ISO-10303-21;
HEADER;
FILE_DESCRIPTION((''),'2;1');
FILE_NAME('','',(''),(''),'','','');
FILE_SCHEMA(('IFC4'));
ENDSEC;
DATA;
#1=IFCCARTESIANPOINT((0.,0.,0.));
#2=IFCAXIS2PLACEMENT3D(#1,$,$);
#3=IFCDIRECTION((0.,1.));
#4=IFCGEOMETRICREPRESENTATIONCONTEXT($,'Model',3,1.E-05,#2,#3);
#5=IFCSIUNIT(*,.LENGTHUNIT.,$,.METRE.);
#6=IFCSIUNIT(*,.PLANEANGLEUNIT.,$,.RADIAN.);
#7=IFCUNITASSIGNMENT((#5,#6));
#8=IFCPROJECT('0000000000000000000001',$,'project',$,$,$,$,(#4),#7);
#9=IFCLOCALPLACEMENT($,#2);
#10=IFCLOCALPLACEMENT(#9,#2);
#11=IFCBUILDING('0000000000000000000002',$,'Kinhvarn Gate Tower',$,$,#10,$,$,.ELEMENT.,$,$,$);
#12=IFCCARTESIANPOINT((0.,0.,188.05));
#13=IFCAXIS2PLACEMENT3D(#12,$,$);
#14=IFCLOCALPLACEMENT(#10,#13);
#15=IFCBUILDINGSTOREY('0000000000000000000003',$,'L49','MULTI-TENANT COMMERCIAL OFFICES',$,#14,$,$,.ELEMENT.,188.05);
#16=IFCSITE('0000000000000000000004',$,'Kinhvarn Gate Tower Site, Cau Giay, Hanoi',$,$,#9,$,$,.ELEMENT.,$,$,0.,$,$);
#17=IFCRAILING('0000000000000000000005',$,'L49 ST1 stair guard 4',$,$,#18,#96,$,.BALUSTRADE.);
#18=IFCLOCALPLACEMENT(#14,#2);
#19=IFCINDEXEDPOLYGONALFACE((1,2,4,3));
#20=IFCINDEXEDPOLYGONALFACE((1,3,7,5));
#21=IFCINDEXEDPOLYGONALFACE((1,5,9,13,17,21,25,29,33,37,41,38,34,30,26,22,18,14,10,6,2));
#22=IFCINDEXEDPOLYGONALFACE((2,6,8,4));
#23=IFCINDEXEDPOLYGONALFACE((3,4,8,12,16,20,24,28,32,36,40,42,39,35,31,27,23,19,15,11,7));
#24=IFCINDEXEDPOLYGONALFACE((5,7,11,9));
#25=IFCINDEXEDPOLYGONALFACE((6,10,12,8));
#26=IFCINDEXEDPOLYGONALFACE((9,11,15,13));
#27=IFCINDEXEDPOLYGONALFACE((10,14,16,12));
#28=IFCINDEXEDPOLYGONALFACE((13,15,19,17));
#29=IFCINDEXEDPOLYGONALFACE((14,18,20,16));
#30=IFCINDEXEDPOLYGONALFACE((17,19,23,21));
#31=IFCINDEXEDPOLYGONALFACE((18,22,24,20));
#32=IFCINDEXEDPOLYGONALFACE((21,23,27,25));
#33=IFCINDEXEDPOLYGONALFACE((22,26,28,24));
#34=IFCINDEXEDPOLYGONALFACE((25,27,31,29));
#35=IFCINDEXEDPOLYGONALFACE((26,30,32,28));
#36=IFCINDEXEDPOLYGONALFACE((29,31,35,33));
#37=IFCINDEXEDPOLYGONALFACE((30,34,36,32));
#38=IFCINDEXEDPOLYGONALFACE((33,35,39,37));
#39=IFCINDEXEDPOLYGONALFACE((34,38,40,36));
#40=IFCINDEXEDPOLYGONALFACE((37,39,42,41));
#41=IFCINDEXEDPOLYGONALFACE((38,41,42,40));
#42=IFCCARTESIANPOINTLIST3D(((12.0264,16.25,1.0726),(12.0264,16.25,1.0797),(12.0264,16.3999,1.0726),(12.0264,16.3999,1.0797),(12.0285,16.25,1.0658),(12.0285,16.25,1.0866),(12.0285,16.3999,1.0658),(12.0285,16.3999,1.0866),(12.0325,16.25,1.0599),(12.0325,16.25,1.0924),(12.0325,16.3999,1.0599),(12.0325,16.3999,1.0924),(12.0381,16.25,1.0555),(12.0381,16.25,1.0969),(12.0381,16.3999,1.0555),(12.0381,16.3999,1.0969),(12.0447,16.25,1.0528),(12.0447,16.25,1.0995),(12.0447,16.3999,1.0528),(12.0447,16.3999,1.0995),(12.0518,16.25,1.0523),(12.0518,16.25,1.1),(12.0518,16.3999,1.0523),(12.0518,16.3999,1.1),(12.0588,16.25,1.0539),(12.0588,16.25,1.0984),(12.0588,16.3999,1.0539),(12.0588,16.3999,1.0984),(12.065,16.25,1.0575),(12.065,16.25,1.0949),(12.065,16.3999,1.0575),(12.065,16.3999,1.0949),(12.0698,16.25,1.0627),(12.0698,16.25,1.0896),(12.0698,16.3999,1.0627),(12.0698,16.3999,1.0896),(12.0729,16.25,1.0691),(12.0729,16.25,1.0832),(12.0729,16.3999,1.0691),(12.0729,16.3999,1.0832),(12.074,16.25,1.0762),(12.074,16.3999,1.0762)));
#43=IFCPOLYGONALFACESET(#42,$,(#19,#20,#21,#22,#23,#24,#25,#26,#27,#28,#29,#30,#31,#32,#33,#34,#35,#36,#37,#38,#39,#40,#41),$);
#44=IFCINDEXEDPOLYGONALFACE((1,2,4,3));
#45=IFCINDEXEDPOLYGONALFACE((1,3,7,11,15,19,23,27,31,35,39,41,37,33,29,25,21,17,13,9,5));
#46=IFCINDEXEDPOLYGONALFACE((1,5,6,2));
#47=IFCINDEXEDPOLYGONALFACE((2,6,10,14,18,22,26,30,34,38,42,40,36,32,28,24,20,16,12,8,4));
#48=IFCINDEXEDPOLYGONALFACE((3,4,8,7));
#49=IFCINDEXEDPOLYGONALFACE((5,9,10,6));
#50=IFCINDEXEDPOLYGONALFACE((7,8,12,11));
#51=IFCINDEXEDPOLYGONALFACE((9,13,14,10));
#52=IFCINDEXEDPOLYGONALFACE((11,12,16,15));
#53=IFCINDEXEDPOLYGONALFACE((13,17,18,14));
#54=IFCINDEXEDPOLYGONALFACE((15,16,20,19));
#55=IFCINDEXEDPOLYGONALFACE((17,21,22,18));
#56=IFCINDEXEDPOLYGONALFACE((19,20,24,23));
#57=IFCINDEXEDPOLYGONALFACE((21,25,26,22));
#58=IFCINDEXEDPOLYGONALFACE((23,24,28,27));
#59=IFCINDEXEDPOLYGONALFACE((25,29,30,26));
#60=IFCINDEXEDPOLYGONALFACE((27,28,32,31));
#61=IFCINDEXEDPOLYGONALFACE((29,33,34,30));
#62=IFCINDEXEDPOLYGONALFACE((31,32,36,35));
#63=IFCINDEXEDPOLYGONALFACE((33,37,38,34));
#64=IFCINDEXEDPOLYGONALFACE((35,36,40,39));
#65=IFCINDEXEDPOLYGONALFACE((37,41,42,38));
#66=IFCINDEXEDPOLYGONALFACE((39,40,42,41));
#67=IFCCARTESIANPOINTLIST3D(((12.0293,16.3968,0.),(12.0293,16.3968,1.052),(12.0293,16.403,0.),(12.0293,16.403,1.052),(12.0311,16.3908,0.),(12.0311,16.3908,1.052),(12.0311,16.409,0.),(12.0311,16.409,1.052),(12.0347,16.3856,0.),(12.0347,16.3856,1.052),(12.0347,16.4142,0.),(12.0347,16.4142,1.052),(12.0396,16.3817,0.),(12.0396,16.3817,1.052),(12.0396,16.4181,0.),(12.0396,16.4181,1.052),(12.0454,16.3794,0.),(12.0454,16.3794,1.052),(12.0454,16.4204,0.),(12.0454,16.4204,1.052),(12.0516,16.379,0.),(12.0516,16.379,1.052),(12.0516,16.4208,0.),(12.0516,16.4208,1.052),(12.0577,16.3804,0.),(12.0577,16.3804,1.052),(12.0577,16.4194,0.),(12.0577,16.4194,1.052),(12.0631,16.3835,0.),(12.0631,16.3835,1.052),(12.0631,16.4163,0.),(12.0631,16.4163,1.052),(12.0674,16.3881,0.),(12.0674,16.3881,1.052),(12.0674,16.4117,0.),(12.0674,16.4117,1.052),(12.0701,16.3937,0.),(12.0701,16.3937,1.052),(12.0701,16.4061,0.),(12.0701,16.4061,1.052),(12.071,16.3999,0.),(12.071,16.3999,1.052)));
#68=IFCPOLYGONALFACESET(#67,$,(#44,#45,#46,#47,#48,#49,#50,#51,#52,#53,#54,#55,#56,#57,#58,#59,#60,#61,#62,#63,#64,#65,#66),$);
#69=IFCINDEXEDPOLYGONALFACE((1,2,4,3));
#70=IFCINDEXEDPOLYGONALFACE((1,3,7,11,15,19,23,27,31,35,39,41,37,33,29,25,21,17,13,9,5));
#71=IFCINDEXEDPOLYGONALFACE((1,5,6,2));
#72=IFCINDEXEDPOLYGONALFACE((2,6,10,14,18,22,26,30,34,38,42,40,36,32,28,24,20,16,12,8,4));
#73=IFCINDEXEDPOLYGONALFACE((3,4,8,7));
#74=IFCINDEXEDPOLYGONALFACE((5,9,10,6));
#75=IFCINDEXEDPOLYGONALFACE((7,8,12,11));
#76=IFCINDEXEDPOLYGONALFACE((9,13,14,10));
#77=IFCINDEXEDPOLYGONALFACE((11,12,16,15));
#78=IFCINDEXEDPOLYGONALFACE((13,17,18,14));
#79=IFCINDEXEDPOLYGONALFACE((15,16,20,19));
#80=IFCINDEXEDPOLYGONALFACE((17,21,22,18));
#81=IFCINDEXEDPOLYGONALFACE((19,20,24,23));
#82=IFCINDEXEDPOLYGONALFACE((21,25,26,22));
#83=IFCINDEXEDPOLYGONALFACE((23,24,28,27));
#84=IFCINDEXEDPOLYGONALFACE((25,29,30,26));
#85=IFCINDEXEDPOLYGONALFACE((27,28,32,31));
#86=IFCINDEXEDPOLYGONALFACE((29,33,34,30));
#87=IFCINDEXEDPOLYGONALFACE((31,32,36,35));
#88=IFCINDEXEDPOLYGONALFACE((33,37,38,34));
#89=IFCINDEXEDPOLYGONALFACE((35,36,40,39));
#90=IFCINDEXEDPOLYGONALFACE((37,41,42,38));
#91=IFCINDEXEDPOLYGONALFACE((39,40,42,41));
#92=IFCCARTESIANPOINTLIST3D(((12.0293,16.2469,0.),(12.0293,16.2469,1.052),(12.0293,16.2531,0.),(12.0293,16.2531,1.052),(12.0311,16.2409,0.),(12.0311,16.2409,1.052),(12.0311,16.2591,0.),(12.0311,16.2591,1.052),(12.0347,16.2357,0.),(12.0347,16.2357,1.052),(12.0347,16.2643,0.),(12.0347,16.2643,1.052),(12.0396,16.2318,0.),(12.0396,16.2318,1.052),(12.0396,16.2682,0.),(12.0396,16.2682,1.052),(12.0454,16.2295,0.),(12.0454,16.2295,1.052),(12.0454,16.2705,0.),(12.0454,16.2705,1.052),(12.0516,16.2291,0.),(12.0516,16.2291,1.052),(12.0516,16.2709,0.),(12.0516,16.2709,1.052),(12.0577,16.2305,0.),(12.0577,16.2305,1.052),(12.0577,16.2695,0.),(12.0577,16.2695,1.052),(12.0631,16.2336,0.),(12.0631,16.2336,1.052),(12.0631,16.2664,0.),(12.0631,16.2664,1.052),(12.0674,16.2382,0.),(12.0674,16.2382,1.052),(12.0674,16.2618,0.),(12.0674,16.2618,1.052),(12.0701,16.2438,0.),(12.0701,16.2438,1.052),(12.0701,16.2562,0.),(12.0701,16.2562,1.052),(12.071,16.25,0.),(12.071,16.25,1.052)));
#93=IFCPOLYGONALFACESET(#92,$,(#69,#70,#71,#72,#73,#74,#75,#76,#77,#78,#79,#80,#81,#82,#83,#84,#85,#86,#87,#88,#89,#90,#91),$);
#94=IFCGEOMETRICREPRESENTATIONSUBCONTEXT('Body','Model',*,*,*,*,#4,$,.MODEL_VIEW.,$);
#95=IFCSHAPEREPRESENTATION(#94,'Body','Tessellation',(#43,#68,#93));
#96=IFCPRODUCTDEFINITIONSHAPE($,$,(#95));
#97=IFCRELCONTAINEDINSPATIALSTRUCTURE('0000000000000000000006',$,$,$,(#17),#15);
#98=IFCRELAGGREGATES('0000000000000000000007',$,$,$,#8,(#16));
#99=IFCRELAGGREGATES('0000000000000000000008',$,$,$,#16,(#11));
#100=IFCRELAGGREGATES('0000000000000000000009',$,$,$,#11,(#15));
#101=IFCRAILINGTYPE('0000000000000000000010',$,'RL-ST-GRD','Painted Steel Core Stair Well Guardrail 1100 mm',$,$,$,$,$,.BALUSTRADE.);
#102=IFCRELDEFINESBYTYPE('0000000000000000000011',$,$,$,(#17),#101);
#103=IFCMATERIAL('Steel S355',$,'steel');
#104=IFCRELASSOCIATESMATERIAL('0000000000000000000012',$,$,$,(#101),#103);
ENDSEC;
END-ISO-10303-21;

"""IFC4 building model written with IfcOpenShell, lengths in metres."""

from ifc_helpers import new_model, si_unit, direction, frame, origin, origin_2d, place, context, subcontext, project, spatial, circle, extrude, material, type_object, element, save


model = new_model("IFC4")

# Units and contexts
model_context = context("Model", 3, precision=1e-05, world=origin(), true_north=direction((0.0, 1.0)))
body_context = subcontext(model_context, "Body", "Model", "MODEL_VIEW")
ifc_project = project(units=[si_unit("LENGTHUNIT", "METRE"), si_unit("PLANEANGLEUNIT", "RADIAN")], contexts=[model_context])

# Site, building, storey
site_placement = place(None, origin())
site = spatial("IfcSite", under=ifc_project, at=site_placement, Name="Kinhvarn Gate Tower Site, Cau Giay, Hanoi", CompositionType="ELEMENT", RefElevation=0.0)
building_placement = place(site_placement, origin())
building = spatial("IfcBuilding", under=site, at=building_placement, Name="Kinhvarn Gate Tower", CompositionType="ELEMENT")
storey_placement = place(building_placement, frame((0.0, 0.0, 188.05)))
storey = spatial("IfcBuildingStorey", under=building, at=storey_placement, Name="L49", Description="MULTI-TENANT COMMERCIAL OFFICES", CompositionType="ELEMENT", Elevation=188.05)

# Shared definitions
ifc_material_1 = material(Name="Steel S355", Category="steel")

# Railing
railing_type_1 = type_object("IfcRailingType", Name="RL-ST-GRD", Description="Painted Steel Core Stair Well Guardrail 1100 mm", PredefinedType="BALUSTRADE", material=ifc_material_1)
railing_1_placement = place(storey_placement, frame((12.05, 16.3999, 0.0)))
element("IfcRailing", 1, at=railing_1_placement, inside=storey, type_object=railing_type_1, Name="L49 ST1 stair guard 4", PredefinedType="BALUSTRADE", context=body_context, shape_type="SweptSolid", body=[
    extrude(circle(Radius=0.0239, at=origin_2d()), frame((0.0, 0.0, 1.0762), z_axis=(0.0, -1.0, 0.0), x_axis=(1.0, 0.0, 0.0)), (0.0, 0.0, 1.0), 0.1499),
    extrude(circle(Radius=0.021, at=origin_2d()), origin(), (0.0, 0.0, 1.0), 1.052),
    extrude(circle(Radius=0.021, at=origin_2d()), frame((0.0, -0.1499, 0.0)), (0.0, 0.0, 1.0), 1.052),
])

save(model, "model.ifc")
